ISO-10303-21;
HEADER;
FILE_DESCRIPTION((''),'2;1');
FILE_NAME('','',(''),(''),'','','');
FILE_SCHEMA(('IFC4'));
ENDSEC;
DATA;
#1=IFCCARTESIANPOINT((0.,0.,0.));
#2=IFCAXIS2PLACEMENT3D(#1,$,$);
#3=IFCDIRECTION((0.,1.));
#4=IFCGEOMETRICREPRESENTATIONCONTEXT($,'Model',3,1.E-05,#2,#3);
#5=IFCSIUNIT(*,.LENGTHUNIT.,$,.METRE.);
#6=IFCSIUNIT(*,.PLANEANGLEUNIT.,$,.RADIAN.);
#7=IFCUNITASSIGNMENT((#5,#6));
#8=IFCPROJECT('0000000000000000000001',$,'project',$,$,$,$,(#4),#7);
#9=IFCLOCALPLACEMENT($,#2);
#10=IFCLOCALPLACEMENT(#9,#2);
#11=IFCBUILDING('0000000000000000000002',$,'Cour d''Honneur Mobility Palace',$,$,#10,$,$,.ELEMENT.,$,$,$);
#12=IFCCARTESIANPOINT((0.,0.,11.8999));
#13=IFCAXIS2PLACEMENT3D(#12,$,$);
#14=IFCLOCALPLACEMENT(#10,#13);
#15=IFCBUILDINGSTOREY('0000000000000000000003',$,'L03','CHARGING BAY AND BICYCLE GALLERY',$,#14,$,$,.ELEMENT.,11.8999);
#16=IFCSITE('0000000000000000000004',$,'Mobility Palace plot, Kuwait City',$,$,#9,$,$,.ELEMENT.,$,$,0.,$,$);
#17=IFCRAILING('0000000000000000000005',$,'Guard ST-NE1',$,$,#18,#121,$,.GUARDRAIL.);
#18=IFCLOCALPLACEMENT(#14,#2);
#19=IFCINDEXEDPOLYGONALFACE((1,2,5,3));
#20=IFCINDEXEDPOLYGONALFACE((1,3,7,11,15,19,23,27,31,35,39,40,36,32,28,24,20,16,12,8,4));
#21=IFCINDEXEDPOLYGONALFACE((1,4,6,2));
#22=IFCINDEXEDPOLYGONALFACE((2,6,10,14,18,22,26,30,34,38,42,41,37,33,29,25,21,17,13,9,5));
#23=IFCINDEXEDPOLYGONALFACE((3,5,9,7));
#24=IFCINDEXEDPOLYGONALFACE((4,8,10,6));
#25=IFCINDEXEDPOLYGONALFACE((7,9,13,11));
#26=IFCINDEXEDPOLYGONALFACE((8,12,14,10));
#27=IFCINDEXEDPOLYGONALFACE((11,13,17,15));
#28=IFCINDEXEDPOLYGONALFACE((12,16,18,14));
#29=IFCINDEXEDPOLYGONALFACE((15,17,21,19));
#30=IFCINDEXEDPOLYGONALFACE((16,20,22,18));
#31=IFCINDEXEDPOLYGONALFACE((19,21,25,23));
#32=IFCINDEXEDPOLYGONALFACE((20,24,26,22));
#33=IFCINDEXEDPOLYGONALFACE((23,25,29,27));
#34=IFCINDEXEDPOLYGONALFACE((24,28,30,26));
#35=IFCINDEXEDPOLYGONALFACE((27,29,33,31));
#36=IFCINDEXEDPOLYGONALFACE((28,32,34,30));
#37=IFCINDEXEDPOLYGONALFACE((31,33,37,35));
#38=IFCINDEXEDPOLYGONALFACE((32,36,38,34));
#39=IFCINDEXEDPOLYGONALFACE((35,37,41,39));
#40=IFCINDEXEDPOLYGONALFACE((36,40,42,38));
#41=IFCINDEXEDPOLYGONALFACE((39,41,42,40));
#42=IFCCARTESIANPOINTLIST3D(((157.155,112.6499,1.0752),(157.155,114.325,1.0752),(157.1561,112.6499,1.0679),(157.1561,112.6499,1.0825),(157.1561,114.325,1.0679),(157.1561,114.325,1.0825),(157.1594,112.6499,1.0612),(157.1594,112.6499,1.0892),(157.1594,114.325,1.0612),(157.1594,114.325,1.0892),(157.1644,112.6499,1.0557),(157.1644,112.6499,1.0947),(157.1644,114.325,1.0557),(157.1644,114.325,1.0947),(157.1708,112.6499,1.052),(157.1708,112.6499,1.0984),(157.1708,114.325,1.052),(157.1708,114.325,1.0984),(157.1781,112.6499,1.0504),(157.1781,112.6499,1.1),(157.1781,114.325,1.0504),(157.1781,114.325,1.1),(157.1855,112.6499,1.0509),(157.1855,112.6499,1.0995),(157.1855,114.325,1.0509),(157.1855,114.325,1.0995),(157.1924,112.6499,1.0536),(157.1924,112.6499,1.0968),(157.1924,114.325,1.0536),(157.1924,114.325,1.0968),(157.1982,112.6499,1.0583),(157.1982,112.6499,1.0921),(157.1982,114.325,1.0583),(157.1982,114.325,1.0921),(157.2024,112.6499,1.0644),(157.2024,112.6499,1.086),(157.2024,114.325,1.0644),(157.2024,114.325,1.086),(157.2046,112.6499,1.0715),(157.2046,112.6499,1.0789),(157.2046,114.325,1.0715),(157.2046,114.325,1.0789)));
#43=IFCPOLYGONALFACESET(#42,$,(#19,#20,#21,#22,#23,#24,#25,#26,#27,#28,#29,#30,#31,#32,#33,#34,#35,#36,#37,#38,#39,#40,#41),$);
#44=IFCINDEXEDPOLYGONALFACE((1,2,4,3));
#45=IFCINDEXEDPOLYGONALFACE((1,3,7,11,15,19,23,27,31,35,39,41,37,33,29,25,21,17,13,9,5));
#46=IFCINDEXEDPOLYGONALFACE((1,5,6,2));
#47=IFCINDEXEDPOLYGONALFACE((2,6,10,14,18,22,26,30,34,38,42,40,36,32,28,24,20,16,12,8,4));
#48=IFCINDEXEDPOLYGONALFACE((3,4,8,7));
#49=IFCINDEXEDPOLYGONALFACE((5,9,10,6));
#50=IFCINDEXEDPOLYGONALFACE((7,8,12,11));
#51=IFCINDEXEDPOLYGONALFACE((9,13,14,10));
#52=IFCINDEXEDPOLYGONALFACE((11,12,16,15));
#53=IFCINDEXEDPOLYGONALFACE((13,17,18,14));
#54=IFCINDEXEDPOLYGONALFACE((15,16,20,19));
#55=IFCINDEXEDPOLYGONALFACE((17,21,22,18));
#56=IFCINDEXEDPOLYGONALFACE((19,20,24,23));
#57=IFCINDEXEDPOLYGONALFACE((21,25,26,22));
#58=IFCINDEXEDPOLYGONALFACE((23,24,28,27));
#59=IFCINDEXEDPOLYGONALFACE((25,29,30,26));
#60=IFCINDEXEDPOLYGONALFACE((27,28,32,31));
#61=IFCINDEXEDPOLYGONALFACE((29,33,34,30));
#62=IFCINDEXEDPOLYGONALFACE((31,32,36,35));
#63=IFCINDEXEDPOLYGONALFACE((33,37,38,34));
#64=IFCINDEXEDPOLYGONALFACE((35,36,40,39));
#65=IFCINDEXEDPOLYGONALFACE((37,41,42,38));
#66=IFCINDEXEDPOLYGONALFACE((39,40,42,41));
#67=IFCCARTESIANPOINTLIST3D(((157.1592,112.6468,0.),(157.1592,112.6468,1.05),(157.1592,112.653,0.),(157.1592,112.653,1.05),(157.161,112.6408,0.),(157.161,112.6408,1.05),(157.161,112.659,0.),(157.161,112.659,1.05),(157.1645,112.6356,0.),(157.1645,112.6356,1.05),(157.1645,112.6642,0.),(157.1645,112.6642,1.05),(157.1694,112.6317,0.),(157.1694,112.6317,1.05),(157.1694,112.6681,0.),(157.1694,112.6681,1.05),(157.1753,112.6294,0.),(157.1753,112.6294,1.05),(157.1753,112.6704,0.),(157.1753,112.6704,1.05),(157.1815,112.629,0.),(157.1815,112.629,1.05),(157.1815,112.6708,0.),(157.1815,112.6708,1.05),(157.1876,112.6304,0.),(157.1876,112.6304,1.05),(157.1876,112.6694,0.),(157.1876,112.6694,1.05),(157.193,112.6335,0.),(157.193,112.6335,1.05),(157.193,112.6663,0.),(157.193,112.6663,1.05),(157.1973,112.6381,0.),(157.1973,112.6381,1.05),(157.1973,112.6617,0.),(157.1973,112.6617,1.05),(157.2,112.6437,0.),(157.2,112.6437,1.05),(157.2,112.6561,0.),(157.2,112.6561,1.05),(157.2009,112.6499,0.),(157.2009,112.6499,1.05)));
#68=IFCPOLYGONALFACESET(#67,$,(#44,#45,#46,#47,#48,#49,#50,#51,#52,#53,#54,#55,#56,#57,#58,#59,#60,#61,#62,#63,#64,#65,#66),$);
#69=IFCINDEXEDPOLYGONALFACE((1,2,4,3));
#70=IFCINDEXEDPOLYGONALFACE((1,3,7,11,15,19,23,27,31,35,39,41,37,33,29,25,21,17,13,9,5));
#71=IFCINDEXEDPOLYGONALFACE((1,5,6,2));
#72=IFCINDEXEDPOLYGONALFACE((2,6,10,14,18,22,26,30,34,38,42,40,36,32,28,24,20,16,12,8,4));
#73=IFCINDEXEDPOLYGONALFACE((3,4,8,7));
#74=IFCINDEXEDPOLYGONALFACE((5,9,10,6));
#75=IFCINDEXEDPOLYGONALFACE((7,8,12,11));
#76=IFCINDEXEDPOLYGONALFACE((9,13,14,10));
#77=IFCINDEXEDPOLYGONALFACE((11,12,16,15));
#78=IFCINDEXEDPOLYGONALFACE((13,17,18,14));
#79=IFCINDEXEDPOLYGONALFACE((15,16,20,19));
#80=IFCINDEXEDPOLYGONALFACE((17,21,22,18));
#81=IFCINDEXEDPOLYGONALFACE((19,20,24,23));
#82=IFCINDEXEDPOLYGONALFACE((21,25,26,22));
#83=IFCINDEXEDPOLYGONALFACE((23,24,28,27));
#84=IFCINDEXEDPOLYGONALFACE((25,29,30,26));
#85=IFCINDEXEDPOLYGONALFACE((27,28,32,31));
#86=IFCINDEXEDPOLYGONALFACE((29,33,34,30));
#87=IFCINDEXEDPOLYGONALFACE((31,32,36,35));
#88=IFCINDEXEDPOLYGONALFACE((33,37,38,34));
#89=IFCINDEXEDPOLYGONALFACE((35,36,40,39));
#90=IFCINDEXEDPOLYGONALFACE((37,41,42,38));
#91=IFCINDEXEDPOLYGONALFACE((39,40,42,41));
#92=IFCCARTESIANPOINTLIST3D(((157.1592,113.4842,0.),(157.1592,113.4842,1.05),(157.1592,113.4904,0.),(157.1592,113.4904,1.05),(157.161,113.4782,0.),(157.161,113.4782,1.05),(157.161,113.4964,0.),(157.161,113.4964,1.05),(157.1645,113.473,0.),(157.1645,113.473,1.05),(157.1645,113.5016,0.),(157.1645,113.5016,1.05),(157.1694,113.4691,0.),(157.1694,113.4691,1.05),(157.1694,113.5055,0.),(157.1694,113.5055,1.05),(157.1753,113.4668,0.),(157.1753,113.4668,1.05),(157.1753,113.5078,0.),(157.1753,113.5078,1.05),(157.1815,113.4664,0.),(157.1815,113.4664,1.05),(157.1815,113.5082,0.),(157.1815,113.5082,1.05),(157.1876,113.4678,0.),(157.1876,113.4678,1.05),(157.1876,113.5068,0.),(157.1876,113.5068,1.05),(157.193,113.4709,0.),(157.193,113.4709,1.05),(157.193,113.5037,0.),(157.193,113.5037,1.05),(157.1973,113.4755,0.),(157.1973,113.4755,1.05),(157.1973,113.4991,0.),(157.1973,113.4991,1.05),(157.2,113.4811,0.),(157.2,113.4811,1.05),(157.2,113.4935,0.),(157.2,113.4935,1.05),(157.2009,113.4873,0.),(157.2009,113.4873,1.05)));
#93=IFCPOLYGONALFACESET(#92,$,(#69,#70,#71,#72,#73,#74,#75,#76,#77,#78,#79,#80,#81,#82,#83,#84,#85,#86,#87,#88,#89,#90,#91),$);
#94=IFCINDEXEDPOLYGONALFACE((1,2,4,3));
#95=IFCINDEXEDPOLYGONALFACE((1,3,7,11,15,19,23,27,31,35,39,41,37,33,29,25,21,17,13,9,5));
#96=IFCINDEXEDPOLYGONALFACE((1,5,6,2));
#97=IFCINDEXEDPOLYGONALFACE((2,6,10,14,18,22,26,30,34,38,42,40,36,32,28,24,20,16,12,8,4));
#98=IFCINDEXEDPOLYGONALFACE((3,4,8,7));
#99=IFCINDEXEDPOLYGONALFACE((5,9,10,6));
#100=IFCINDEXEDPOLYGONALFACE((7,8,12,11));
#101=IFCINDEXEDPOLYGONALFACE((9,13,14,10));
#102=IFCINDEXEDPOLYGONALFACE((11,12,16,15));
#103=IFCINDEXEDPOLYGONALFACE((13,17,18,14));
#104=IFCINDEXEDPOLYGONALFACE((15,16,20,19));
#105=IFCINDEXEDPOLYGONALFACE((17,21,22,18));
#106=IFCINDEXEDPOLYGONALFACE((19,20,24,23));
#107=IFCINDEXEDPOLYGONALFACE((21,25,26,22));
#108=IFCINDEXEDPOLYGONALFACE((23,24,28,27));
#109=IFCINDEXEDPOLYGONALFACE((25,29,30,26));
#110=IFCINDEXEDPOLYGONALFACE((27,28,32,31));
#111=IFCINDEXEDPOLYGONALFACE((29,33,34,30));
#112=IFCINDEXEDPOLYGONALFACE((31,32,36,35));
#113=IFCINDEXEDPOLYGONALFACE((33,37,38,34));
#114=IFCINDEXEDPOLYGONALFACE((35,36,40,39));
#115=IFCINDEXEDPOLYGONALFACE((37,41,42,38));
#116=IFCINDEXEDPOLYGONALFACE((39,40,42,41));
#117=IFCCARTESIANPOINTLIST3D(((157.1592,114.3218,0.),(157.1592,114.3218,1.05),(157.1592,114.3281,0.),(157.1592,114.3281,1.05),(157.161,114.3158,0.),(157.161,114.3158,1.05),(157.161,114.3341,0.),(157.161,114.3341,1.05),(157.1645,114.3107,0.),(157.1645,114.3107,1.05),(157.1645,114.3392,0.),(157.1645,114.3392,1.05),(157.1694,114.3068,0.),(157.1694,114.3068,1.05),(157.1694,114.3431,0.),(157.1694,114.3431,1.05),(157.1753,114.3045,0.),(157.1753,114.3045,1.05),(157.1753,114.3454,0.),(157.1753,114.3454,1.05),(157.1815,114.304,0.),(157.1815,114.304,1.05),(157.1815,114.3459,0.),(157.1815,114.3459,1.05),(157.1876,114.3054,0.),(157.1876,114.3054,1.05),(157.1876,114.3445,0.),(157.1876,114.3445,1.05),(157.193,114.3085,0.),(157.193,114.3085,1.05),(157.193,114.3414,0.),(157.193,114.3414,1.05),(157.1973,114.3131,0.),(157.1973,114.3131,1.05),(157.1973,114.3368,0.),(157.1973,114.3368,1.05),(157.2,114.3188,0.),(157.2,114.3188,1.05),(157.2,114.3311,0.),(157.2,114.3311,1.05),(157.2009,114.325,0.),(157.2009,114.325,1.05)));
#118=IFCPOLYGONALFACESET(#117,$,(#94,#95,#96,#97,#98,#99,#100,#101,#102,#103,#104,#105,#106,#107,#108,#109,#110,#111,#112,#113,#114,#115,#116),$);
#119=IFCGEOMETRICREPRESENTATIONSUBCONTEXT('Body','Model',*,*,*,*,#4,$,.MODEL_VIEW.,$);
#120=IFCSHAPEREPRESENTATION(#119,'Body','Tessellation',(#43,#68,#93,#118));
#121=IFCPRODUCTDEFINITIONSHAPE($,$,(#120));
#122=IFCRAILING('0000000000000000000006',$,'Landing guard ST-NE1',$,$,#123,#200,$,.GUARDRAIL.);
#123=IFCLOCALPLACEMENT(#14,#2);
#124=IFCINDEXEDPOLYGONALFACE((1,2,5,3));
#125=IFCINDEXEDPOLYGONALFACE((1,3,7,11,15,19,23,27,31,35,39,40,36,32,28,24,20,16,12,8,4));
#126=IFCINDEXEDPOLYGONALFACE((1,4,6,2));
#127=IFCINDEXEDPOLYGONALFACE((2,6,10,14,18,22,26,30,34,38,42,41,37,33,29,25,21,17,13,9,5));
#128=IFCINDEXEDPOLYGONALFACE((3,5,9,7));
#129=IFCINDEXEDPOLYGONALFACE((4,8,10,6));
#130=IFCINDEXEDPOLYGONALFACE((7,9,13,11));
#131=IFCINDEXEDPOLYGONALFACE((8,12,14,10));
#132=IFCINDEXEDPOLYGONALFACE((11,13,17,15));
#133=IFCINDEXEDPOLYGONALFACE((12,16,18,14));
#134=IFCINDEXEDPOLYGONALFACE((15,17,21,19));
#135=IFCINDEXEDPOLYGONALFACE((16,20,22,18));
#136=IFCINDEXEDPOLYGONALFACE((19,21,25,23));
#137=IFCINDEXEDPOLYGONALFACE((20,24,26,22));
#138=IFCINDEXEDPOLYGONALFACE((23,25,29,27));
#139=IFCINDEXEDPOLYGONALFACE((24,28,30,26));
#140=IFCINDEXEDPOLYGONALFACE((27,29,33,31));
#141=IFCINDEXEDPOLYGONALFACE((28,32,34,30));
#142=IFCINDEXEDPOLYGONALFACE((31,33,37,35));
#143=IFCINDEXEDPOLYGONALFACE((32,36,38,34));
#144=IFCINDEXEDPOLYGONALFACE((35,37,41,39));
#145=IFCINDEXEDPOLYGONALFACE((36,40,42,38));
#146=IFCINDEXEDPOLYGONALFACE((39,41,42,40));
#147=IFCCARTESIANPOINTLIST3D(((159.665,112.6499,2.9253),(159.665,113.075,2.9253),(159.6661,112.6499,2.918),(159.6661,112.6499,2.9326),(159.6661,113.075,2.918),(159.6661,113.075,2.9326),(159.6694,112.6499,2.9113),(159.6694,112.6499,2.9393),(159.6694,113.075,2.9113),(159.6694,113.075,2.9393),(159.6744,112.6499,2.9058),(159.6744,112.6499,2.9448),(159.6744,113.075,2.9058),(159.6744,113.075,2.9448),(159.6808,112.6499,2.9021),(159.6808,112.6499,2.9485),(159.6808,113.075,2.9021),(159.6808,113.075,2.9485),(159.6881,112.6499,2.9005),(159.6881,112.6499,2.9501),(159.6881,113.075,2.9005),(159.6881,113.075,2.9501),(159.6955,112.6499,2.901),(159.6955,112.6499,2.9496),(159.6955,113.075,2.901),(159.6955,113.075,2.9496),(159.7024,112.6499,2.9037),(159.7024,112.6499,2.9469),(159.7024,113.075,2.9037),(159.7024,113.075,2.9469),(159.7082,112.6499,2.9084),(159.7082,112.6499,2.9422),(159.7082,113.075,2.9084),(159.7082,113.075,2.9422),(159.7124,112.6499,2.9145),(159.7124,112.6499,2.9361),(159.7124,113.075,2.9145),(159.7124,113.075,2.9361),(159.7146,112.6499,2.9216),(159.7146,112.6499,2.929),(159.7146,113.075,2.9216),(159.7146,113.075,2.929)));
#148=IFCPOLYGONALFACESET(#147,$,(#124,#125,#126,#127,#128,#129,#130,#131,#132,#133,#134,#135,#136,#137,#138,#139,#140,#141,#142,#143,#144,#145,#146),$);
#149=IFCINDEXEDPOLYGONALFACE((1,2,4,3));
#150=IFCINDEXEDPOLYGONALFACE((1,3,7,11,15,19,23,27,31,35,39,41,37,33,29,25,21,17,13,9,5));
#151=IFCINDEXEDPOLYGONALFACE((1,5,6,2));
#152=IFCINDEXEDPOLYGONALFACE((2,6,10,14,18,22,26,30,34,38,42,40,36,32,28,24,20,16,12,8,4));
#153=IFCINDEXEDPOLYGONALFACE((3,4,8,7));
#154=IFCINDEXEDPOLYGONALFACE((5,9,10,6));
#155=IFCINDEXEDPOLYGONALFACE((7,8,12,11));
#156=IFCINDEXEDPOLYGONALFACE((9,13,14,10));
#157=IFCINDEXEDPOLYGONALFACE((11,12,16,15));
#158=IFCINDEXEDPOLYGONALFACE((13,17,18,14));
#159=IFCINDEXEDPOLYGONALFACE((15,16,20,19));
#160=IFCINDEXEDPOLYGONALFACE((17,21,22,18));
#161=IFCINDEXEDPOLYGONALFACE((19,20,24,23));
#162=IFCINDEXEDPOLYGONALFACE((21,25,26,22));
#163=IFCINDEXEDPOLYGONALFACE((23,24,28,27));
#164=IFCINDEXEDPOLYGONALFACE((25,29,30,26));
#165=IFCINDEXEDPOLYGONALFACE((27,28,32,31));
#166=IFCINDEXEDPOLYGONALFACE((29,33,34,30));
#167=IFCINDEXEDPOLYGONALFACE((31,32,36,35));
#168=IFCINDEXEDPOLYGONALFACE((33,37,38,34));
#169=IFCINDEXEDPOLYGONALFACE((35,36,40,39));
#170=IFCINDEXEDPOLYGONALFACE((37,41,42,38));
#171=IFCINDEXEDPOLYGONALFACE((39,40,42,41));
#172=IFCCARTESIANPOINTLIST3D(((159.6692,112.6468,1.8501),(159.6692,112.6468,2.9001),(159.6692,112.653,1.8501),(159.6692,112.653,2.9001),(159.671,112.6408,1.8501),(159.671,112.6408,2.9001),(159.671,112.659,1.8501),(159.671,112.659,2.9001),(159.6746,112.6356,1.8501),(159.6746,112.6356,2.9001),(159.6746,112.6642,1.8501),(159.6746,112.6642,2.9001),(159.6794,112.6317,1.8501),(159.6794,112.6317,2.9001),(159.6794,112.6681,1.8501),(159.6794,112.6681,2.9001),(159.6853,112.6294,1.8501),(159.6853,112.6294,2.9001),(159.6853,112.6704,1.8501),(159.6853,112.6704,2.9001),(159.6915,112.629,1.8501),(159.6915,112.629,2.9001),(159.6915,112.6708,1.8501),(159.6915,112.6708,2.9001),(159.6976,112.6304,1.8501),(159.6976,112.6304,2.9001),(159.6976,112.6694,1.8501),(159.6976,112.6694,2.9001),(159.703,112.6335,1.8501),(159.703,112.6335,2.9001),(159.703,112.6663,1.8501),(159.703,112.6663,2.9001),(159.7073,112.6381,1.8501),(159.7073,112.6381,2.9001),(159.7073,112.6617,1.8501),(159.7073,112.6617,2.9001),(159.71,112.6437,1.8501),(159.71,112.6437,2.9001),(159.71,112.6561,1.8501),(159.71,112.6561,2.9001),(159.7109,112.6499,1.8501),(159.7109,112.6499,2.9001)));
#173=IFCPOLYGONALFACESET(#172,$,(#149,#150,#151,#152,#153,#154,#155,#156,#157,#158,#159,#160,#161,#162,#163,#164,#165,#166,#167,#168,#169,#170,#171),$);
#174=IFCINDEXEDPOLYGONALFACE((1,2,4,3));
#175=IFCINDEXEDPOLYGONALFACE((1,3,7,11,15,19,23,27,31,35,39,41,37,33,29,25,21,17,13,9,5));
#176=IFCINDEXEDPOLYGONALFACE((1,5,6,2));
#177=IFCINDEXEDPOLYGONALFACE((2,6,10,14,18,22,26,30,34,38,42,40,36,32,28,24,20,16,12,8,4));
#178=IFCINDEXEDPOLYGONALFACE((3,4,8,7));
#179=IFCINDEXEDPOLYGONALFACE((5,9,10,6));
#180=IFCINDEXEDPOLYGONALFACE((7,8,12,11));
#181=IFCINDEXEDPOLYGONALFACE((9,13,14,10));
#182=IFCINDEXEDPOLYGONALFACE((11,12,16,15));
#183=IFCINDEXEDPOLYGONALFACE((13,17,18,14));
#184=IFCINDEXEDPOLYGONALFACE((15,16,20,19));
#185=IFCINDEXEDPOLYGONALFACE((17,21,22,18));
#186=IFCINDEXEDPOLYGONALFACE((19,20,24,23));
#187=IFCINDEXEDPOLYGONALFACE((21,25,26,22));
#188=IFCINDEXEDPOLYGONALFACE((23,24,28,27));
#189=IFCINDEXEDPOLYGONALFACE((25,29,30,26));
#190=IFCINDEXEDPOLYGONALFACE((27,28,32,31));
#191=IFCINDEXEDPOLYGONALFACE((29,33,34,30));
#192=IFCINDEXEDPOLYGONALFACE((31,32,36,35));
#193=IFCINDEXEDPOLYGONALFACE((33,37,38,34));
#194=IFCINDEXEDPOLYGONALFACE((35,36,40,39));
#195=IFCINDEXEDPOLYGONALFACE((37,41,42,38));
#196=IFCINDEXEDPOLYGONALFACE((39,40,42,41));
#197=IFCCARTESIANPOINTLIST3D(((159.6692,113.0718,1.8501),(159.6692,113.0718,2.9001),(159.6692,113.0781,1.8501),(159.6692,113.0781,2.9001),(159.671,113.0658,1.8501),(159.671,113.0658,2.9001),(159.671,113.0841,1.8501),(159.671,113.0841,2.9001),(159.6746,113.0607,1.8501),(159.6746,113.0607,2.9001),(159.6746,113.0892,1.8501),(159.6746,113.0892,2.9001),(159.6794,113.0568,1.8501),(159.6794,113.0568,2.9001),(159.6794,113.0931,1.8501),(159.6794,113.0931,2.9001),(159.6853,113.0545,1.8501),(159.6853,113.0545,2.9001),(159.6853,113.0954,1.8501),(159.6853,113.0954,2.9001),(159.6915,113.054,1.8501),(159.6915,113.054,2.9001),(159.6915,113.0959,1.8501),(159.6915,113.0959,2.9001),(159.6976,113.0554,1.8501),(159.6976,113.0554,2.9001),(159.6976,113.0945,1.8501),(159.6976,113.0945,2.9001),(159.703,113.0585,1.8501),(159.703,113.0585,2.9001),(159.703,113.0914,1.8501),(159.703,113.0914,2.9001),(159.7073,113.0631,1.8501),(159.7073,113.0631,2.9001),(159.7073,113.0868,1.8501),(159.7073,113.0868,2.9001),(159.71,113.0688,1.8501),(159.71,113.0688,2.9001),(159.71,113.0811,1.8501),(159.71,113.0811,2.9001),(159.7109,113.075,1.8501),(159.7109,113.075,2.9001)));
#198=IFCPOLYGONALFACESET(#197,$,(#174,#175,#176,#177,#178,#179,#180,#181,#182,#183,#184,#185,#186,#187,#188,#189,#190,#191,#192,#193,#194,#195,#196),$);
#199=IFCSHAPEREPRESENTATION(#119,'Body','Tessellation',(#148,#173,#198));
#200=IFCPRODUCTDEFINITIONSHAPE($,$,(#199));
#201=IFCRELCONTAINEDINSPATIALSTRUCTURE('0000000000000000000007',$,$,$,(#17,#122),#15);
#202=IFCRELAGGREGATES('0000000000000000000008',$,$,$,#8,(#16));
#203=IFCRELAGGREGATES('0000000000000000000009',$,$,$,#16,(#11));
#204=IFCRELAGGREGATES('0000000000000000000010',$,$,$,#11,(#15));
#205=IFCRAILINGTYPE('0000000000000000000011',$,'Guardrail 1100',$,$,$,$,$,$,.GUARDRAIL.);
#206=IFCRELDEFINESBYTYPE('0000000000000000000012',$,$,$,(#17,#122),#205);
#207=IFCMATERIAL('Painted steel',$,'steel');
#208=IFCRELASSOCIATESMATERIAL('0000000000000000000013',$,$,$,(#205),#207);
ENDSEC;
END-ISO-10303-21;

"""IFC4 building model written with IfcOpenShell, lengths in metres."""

from ifc_helpers import new_model, si_unit, direction, frame, origin, origin_2d, place, context, subcontext, project, spatial, circle, extrude, material, type_object, element, save


model = new_model("IFC4")

# Units and contexts
model_context = context("Model", 3, precision=1e-05, world=origin(), true_north=direction((0.0, 1.0)))
body_context = subcontext(model_context, "Body", "Model", "MODEL_VIEW")
ifc_project = project(units=[si_unit("LENGTHUNIT", "METRE"), si_unit("PLANEANGLEUNIT", "RADIAN")], contexts=[model_context])

# Site, building, storey
site_placement = place(None, origin())
site = spatial("IfcSite", under=ifc_project, at=site_placement, Name="Mobility Palace plot, Kuwait City", CompositionType="ELEMENT", RefElevation=0.0)
building_placement = place(site_placement, origin())
building = spatial("IfcBuilding", under=site, at=building_placement, Name="Cour d'Honneur Mobility Palace", CompositionType="ELEMENT")
storey_placement = place(building_placement, frame((0.0, 0.0, 11.8999)))
storey = spatial("IfcBuildingStorey", under=building, at=storey_placement, Name="L03", Description="CHARGING BAY AND BICYCLE GALLERY", CompositionType="ELEMENT", Elevation=11.8999)

# Railings
ifc_material_1 = material(Name="Painted steel", Category="steel")
railing_type_1 = type_object("IfcRailingType", Name="Guardrail 1100", PredefinedType="GUARDRAIL", material=ifc_material_1)
railing_1_placement = place(storey_placement, frame((157.1799, 112.6499, 0.0)))
element("IfcRailing", 1, at=railing_1_placement, inside=storey, type_object=railing_type_1, Name="Guard ST-NE1", PredefinedType="GUARDRAIL", context=body_context, shape_type="SweptSolid", body=[
    extrude(circle(Radius=0.0249, at=origin_2d()), frame((0.0, 0.0, 1.0752), z_axis=(0.0, 1.0, 0.0), x_axis=(-1.0, 0.0, 0.0)), (0.0, 0.0, 1.0), 1.675),
    extrude(circle(Radius=0.021, at=origin_2d()), origin(), (0.0, 0.0, 1.0), 1.05),
    extrude(circle(Radius=0.021, at=origin_2d()), frame((0.0, 0.8374, 0.0)), (0.0, 0.0, 1.0), 1.05),
    extrude(circle(Radius=0.021, at=origin_2d()), frame((0.0, 1.675, 0.0)), (0.0, 0.0, 1.0), 1.05),
])
railing_2_placement = place(storey_placement, frame((159.6899, 112.6499, 1.8501)))
element("IfcRailing", 2, at=railing_2_placement, inside=storey, type_object=railing_type_1, Name="Landing guard ST-NE1", PredefinedType="GUARDRAIL", context=body_context, shape_type="SweptSolid", body=[
    extrude(circle(Radius=0.0249, at=origin_2d()), frame((0.0, 0.0, 1.0752), z_axis=(0.0, 1.0, 0.0), x_axis=(-1.0, 0.0, 0.0)), (0.0, 0.0, 1.0), 0.425),
    extrude(circle(Radius=0.021, at=origin_2d()), origin(), (0.0, 0.0, 1.0), 1.05),
    extrude(circle(Radius=0.021, at=origin_2d()), frame((0.0, 0.425, 0.0)), (0.0, 0.0, 1.0), 1.05),
])

save(model, "model.ifc")
